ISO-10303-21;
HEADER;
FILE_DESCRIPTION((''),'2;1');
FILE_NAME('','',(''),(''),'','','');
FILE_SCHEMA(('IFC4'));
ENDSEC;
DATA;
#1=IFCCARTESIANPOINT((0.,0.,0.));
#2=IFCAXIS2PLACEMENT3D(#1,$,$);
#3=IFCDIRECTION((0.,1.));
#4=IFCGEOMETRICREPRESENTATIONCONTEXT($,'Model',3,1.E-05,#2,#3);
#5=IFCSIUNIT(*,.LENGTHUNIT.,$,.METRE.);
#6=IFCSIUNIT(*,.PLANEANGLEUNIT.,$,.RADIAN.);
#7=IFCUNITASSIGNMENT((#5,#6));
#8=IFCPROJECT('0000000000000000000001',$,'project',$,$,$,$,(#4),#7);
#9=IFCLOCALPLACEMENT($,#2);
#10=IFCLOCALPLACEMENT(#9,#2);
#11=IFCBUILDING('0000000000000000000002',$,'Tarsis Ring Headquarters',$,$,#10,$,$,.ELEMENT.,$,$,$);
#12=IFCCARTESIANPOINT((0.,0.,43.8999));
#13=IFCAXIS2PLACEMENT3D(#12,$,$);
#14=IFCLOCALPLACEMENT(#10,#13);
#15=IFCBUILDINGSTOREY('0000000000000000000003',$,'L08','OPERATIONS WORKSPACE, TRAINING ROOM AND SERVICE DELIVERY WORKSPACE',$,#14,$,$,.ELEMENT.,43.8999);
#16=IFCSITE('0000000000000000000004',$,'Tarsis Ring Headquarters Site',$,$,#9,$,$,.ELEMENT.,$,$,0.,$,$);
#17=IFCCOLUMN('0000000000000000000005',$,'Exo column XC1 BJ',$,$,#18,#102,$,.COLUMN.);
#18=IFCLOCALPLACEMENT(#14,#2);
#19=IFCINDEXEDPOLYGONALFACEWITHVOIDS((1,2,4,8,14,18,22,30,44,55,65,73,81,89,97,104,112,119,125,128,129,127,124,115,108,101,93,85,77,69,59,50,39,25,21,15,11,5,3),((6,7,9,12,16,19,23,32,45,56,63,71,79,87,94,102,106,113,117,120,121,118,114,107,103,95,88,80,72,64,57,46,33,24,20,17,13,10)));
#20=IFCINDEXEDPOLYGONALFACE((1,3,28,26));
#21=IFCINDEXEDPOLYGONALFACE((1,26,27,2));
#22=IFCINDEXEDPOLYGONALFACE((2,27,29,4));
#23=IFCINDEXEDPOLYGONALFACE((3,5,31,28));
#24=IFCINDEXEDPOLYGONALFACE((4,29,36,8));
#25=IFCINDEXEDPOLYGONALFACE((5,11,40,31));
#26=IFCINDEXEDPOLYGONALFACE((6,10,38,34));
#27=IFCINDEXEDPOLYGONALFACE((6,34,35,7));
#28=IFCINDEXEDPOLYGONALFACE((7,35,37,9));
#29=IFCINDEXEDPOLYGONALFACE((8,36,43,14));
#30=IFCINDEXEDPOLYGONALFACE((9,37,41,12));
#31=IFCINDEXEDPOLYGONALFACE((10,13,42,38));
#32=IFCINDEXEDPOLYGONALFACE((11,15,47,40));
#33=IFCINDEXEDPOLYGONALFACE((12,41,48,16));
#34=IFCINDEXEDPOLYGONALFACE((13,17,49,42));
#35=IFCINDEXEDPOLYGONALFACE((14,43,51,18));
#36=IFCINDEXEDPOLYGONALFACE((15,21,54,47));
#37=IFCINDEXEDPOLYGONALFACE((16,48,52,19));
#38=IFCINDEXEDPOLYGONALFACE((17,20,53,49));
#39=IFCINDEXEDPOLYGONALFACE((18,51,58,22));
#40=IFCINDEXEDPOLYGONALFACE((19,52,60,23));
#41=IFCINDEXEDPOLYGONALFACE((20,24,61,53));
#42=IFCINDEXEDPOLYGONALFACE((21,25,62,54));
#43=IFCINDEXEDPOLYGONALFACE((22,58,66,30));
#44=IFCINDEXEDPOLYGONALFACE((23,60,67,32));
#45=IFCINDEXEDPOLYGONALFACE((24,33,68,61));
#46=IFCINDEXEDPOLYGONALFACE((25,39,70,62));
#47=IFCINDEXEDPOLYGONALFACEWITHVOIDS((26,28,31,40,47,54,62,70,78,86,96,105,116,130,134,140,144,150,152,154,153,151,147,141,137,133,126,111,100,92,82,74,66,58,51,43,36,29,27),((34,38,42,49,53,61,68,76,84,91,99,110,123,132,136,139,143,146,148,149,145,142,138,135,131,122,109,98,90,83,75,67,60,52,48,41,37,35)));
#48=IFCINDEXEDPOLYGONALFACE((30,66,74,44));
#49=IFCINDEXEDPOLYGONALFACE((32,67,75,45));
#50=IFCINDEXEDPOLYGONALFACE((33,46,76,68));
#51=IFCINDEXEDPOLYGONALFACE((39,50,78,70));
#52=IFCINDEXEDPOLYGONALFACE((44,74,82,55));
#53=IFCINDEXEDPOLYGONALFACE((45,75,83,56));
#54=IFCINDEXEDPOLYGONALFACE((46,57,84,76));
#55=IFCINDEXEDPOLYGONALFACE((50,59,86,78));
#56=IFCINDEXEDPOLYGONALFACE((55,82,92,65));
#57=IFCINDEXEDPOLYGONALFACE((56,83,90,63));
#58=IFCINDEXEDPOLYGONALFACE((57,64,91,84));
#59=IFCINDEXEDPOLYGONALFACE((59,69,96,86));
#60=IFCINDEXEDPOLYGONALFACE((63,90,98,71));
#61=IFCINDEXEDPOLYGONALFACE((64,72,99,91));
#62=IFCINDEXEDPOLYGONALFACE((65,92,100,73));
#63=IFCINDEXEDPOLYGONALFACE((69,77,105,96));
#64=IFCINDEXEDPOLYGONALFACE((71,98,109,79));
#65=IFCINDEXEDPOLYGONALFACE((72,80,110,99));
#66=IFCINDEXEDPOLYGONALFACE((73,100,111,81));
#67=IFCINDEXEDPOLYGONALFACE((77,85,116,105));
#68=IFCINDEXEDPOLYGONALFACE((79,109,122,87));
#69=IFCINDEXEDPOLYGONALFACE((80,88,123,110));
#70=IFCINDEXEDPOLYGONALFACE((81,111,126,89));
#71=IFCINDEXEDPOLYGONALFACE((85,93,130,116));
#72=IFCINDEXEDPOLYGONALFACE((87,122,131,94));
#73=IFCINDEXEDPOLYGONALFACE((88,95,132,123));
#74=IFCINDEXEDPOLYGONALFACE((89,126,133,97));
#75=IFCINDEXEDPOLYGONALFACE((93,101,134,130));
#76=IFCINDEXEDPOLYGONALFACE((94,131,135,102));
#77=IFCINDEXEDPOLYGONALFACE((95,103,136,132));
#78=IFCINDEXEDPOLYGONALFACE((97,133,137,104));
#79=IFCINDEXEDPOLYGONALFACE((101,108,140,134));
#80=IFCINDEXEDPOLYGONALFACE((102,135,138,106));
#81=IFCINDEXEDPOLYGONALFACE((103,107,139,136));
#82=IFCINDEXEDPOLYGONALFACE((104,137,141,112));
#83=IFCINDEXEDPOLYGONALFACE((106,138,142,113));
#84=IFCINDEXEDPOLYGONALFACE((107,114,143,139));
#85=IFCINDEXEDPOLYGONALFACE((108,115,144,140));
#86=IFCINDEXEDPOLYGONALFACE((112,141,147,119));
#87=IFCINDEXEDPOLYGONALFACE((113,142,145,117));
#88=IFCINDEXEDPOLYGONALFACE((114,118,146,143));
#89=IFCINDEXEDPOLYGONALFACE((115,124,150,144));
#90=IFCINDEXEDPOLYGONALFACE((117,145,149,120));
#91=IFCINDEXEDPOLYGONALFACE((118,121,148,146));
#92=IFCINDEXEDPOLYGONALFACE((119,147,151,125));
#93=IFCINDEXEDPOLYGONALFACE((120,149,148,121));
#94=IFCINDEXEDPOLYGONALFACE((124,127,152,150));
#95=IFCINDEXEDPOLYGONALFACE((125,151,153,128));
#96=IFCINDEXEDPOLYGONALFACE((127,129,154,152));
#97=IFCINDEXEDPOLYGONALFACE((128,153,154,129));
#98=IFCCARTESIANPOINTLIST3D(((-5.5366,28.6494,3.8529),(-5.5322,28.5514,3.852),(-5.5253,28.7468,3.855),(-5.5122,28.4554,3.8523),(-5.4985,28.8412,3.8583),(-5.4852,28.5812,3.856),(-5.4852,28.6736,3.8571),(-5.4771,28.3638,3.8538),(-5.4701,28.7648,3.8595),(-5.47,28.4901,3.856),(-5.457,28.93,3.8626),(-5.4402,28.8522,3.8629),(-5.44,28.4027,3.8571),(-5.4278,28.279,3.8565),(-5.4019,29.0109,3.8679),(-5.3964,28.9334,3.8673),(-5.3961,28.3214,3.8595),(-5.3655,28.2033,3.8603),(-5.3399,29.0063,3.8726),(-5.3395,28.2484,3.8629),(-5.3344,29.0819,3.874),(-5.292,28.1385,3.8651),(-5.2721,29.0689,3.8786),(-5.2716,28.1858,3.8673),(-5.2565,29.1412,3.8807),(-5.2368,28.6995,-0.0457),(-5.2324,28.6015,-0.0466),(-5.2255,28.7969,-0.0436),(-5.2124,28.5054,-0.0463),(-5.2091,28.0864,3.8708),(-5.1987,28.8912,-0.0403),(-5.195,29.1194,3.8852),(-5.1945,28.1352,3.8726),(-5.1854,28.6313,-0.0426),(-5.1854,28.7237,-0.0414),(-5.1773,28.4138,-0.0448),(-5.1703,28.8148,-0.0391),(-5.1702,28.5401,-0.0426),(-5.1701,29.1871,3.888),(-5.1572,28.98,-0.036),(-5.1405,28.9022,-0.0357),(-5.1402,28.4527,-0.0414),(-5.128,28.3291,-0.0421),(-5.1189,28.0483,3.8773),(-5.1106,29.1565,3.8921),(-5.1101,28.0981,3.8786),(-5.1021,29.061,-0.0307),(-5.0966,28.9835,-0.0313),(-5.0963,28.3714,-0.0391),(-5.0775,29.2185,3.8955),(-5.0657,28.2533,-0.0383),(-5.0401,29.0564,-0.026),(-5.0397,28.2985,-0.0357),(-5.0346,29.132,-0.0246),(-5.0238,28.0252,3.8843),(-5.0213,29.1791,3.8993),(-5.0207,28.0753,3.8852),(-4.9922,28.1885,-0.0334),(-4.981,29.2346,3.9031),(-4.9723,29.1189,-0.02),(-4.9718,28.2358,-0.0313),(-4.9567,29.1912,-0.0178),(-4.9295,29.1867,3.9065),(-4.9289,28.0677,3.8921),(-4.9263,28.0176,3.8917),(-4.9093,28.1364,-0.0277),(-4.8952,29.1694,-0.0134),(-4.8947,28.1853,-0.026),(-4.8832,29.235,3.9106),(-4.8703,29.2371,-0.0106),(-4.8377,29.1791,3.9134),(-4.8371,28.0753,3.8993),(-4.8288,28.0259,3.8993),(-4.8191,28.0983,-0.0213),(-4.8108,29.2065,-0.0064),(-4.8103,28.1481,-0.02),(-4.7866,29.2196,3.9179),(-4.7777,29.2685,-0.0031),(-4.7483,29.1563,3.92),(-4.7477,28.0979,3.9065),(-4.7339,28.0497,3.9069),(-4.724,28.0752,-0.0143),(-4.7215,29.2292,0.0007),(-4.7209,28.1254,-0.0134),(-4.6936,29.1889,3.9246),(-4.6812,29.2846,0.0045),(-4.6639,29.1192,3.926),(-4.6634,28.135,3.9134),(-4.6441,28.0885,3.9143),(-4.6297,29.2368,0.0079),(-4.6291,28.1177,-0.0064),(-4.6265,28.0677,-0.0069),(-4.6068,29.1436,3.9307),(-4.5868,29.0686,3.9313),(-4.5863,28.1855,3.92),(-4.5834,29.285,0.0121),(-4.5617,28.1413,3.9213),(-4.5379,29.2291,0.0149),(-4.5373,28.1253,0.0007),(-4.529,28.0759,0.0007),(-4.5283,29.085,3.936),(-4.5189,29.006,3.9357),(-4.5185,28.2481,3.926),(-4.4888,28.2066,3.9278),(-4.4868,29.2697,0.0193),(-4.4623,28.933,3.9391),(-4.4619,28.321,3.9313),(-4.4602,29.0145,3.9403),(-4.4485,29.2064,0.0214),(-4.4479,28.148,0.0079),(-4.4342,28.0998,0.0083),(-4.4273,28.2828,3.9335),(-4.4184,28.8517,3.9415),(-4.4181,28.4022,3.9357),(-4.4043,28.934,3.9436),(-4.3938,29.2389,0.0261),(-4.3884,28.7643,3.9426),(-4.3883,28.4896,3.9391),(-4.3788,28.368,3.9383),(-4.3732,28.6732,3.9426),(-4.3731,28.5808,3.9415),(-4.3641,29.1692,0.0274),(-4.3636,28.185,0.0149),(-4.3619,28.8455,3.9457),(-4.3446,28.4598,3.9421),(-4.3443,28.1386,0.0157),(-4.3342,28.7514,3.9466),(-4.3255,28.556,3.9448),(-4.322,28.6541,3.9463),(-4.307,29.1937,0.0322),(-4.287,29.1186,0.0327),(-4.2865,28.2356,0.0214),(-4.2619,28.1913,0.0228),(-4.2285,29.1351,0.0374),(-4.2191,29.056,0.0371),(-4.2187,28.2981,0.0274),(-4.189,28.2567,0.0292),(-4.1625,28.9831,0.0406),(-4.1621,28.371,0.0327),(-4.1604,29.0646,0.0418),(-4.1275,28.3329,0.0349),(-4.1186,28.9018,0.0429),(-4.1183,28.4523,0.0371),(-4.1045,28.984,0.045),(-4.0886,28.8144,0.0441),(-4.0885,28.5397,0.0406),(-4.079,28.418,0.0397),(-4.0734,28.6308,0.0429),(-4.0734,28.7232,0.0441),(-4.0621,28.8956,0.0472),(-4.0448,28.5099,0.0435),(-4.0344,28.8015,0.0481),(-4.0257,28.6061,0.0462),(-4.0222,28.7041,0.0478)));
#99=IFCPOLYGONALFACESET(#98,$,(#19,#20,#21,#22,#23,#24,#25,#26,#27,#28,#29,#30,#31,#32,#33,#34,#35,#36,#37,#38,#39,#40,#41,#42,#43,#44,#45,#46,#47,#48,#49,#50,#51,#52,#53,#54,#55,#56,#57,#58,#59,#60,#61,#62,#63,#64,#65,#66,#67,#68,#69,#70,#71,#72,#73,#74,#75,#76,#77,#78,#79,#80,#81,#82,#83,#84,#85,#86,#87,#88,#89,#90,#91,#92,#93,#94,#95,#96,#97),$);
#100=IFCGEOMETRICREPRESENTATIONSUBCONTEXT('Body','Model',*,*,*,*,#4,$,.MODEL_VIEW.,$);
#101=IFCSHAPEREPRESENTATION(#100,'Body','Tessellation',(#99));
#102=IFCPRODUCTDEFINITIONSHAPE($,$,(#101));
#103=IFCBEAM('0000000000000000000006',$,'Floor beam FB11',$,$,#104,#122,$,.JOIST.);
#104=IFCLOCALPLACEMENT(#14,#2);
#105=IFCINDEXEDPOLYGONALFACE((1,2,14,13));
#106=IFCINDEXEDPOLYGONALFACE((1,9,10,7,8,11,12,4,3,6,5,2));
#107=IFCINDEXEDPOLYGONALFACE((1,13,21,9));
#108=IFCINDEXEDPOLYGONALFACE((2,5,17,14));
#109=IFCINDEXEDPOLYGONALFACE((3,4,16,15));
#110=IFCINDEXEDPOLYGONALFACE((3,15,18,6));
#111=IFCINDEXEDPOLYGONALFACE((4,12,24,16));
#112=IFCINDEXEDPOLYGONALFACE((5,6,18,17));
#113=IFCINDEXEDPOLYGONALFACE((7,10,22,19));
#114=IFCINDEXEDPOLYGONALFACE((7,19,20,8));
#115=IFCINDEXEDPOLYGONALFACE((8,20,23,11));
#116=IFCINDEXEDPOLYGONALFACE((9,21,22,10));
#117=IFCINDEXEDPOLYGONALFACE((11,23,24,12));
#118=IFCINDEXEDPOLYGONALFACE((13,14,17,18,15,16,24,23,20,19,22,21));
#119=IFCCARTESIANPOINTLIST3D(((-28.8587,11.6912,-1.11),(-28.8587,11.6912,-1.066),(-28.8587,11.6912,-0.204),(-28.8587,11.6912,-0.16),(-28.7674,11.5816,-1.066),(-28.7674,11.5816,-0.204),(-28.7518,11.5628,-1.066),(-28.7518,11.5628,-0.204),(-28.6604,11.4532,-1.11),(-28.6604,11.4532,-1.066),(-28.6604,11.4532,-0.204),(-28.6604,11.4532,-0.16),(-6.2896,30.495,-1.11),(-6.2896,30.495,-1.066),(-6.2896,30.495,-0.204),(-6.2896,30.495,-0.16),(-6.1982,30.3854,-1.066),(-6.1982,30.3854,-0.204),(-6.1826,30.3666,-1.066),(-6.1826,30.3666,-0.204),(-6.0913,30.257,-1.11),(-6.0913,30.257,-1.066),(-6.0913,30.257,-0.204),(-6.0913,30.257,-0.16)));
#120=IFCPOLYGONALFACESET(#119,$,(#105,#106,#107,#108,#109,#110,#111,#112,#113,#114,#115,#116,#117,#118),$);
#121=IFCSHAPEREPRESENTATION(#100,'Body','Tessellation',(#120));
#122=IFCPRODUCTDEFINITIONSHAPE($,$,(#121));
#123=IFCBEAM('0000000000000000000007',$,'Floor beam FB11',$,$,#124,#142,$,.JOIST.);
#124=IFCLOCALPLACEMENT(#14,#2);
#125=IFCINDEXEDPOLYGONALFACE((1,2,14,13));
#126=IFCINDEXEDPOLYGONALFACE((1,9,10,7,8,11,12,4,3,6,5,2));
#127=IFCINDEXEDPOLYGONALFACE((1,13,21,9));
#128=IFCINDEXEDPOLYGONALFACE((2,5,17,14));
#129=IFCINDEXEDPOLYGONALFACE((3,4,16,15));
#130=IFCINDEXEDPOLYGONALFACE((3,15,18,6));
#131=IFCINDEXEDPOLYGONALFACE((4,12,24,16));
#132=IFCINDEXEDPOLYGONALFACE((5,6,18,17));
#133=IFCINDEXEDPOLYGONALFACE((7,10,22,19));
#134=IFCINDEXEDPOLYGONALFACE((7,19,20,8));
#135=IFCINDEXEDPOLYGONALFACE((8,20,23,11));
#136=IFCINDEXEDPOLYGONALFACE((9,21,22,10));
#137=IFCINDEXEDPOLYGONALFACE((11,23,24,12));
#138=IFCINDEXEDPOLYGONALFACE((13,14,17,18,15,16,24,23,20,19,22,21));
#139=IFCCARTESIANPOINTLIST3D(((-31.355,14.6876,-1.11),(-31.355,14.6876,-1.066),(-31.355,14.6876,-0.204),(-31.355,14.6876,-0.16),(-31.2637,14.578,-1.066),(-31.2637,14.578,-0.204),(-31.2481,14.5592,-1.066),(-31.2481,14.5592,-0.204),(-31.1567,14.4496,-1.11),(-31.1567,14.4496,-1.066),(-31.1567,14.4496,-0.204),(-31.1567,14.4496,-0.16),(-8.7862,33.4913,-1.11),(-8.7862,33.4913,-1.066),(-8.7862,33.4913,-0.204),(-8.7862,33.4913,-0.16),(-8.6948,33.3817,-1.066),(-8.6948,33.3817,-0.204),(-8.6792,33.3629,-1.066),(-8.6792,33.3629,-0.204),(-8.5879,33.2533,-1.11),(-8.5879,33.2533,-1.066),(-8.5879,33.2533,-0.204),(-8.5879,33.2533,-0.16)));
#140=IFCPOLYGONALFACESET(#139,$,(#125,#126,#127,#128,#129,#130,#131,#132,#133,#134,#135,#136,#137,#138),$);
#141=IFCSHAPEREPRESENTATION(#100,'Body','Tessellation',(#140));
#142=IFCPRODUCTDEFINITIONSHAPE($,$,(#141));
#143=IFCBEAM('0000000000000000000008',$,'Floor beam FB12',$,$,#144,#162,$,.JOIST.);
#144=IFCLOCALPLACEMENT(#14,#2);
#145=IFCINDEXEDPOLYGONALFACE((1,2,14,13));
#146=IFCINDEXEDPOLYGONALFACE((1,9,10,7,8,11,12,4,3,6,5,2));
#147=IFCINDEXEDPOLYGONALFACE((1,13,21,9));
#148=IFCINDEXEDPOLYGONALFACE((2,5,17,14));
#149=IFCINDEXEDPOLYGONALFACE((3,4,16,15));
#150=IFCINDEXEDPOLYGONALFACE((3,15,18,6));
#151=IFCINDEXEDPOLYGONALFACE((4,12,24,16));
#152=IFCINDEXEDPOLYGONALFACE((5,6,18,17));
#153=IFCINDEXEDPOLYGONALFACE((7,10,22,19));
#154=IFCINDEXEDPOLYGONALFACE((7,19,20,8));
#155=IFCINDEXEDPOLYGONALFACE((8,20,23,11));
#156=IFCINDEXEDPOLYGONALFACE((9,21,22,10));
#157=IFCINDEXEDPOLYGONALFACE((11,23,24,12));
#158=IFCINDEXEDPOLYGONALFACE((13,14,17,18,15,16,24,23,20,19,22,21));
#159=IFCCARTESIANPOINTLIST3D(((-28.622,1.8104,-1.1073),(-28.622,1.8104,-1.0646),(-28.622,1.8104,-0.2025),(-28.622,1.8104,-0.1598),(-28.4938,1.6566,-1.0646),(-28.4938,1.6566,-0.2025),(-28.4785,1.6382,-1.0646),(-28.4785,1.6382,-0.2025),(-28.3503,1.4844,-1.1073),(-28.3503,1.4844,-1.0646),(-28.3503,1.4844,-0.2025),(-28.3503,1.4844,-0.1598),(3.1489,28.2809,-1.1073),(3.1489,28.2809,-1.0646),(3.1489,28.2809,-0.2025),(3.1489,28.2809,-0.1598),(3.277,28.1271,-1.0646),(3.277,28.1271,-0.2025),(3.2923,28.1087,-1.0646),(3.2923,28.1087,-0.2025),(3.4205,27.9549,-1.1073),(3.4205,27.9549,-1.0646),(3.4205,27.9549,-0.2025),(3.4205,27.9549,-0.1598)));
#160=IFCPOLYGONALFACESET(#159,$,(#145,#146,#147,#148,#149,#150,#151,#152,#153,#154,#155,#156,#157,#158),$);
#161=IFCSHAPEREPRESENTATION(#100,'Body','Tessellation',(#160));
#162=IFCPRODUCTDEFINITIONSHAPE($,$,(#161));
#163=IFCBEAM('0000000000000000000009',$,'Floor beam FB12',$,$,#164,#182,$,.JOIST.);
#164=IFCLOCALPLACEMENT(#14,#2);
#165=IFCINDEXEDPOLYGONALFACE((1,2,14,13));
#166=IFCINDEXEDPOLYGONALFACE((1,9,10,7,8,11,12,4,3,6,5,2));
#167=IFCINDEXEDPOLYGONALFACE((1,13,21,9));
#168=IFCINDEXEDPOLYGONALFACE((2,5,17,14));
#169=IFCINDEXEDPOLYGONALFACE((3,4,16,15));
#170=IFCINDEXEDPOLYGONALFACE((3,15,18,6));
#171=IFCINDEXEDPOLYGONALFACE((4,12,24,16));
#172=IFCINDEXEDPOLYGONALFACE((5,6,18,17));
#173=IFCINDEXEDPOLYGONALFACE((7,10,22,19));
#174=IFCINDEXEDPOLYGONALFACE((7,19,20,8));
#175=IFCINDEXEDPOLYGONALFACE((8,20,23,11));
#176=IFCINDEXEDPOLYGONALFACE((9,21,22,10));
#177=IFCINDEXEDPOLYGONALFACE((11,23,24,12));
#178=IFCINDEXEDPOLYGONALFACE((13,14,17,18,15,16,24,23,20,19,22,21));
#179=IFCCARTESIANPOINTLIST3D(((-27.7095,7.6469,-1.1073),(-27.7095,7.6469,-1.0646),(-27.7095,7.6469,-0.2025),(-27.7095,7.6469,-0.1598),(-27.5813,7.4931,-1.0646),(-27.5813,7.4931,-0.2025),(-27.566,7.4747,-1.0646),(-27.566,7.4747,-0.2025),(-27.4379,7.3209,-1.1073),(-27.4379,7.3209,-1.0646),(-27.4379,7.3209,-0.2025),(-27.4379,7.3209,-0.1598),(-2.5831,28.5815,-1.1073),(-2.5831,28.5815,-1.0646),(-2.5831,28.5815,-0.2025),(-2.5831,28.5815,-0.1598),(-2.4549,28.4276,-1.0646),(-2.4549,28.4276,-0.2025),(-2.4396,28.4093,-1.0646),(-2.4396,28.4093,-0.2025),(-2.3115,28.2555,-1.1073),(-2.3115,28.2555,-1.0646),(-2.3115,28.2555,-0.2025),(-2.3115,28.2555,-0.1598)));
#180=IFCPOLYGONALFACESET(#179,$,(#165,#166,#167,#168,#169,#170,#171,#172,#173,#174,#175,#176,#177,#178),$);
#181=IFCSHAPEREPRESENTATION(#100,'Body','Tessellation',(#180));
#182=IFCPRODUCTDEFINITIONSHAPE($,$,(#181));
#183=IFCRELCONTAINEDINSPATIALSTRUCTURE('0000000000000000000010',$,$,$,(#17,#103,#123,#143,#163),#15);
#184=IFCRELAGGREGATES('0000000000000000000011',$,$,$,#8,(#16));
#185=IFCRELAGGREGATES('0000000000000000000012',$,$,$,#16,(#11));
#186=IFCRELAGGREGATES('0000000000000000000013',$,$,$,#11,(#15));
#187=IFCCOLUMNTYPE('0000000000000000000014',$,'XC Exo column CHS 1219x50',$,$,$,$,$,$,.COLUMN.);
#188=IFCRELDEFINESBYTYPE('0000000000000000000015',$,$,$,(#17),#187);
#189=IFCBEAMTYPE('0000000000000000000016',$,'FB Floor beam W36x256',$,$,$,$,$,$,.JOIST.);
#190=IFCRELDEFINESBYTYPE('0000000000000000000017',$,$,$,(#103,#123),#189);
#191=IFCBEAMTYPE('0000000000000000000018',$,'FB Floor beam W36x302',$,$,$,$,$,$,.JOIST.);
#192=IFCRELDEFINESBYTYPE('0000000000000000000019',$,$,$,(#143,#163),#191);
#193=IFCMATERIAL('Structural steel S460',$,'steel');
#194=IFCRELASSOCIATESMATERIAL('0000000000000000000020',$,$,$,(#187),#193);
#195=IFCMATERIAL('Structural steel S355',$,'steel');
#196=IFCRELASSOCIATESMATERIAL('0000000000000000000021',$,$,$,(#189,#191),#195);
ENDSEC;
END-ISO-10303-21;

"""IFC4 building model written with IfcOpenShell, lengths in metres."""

from ifc_helpers import new_model, si_unit, direction, frame, origin, origin_2d, place, context, subcontext, project, spatial, hollow_circle, i_section, extrude, material, material_profile, profile_set, type_object, element, save


model = new_model("IFC4")

# Units and contexts
model_context = context("Model", 3, precision=1e-05, world=origin(), true_north=direction((0.0, 1.0)))
body_context = subcontext(model_context, "Body", "Model", "MODEL_VIEW")
ifc_project = project(units=[si_unit("LENGTHUNIT", "METRE"), si_unit("PLANEANGLEUNIT", "RADIAN")], contexts=[model_context])

# Site, building, storey
site_placement = place(None, origin())
site = spatial("IfcSite", under=ifc_project, at=site_placement, Name="Tarsis Ring Headquarters Site", CompositionType="ELEMENT", RefElevation=0.0)
building_placement = place(site_placement, origin())
building = spatial("IfcBuilding", under=site, at=building_placement, Name="Tarsis Ring Headquarters", CompositionType="ELEMENT")
storey_placement = place(building_placement, frame((0.0, 0.0, 43.8999)))
storey = spatial("IfcBuildingStorey", under=building, at=storey_placement, Name="L08", Description="OPERATIONS WORKSPACE, TRAINING ROOM AND SERVICE DELIVERY WORKSPACE", CompositionType="ELEMENT", Elevation=43.8999)

# Column
ifc_material_1 = material(Name="Structural steel S460", Category="steel")
ifc_material_profile_1 = material_profile(ifc_material_1, hollow_circle(Radius=0.6096, WallThickness=0.05, at=origin_2d()), Name="CHS 1219x50")
ifc_profile_set_1 = profile_set([ifc_material_profile_1], Name="Structural steel S460")
column_type = type_object("IfcColumnType", Name="XC Exo column CHS 1219x50", PredefinedType="COLUMN", material=ifc_profile_set_1)
column_placement = place(storey_placement, frame((-4.6294, 28.6772, 0.0007), z_axis=(-0.076666, -0.012799, 0.996975), x_axis=(0.164659, -0.98635, 0.0)))
element("IfcColumn", 1, at=column_placement, inside=storey, type_object=column_type, Name="Exo column XC1 BJ", PredefinedType="COLUMN", context=body_context, shape_type="SweptSolid", body=[
    extrude(hollow_circle(Radius=0.6096, WallThickness=0.05, at=origin_2d()), origin(), (0.0, 0.0, 1.0), 3.9104),
])

# Beams
ifc_material_2 = material(Name="Structural steel S355", Category="steel")
ifc_material_profile_2 = material_profile(ifc_material_2, i_section(OverallWidth=0.3098, OverallDepth=0.95, WebThickness=0.0244, FlangeThickness=0.0439, at=origin_2d()), Name="W36x256")
ifc_profile_set_2 = profile_set([ifc_material_profile_2], Name="Structural steel S355")
beam_type_1 = type_object("IfcBeamType", Name="FB Floor beam W36x256", PredefinedType="JOIST", material=ifc_profile_set_2)
beam_1_placement = place(storey_placement, frame((-6.1904, 30.376, -0.635), z_axis=(-0.768286, -0.640107, 0.0), x_axis=(0.640107, -0.768286, 0.0)))
element("IfcBeam", 2, at=beam_1_placement, inside=storey, type_object=beam_type_1, Name="Floor beam FB11", PredefinedType="JOIST", context=body_context, shape_type="SweptSolid", body=[
    extrude(i_section(OverallWidth=0.3098, OverallDepth=0.95, WebThickness=0.0244, FlangeThickness=0.0439, at=origin_2d()), origin(), (0.0, 0.0, 1.0), 29.376),
])
beam_2_placement = place(storey_placement, frame((-8.687, 33.3723, -0.635), z_axis=(-0.768283, -0.640111, 0.0), x_axis=(0.640111, -0.768283, 0.0)))
element("IfcBeam", 3, at=beam_2_placement, inside=storey, type_object=beam_type_1, Name="Floor beam FB11", PredefinedType="JOIST", context=body_context, shape_type="SweptSolid", body=[
    extrude(i_section(OverallWidth=0.3098, OverallDepth=0.95, WebThickness=0.0244, FlangeThickness=0.0439, at=origin_2d()), origin(), (0.0, 0.0, 1.0), 29.3757),
])
ifc_material_profile_3 = material_profile(ifc_material_2, i_section(OverallWidth=0.4243, OverallDepth=0.9475, WebThickness=0.0239, FlangeThickness=0.0427, at=origin_2d()), Name="W36x302")
ifc_profile_set_3 = profile_set([ifc_material_profile_3], Name="Structural steel S355")
beam_type_2 = type_object("IfcBeamType", Name="FB Floor beam W36x302", PredefinedType="JOIST", material=ifc_profile_set_3)
beam_3_placement = place(storey_placement, frame((3.2847, 28.1179, -0.6335), z_axis=(-0.768283, -0.640111, 0.0), x_axis=(0.640111, -0.768283, 0.0)))
element("IfcBeam", 4, at=beam_3_placement, inside=storey, type_object=beam_type_2, Name="Floor beam FB12", PredefinedType="JOIST", context=body_context, shape_type="SweptSolid", body=[
    extrude(i_section(OverallWidth=0.4243, OverallDepth=0.9475, WebThickness=0.0239, FlangeThickness=0.0427, at=origin_2d()), origin(), (0.0, 0.0, 1.0), 41.353),
])
beam_4_placement = place(storey_placement, frame((-2.4473, 28.4185, -0.6335), z_axis=(-0.768284, -0.64011, 0.0), x_axis=(0.64011, -0.768284, 0.0)))
element("IfcBeam", 5, at=beam_4_placement, inside=storey, type_object=beam_type_2, Name="Floor beam FB12", PredefinedType="JOIST", context=body_context, shape_type="SweptSolid", body=[
    extrude(i_section(OverallWidth=0.4243, OverallDepth=0.9475, WebThickness=0.0239, FlangeThickness=0.0427, at=origin_2d()), origin(), (0.0, 0.0, 1.0), 32.7046),
])

save(model, "model.ifc")
